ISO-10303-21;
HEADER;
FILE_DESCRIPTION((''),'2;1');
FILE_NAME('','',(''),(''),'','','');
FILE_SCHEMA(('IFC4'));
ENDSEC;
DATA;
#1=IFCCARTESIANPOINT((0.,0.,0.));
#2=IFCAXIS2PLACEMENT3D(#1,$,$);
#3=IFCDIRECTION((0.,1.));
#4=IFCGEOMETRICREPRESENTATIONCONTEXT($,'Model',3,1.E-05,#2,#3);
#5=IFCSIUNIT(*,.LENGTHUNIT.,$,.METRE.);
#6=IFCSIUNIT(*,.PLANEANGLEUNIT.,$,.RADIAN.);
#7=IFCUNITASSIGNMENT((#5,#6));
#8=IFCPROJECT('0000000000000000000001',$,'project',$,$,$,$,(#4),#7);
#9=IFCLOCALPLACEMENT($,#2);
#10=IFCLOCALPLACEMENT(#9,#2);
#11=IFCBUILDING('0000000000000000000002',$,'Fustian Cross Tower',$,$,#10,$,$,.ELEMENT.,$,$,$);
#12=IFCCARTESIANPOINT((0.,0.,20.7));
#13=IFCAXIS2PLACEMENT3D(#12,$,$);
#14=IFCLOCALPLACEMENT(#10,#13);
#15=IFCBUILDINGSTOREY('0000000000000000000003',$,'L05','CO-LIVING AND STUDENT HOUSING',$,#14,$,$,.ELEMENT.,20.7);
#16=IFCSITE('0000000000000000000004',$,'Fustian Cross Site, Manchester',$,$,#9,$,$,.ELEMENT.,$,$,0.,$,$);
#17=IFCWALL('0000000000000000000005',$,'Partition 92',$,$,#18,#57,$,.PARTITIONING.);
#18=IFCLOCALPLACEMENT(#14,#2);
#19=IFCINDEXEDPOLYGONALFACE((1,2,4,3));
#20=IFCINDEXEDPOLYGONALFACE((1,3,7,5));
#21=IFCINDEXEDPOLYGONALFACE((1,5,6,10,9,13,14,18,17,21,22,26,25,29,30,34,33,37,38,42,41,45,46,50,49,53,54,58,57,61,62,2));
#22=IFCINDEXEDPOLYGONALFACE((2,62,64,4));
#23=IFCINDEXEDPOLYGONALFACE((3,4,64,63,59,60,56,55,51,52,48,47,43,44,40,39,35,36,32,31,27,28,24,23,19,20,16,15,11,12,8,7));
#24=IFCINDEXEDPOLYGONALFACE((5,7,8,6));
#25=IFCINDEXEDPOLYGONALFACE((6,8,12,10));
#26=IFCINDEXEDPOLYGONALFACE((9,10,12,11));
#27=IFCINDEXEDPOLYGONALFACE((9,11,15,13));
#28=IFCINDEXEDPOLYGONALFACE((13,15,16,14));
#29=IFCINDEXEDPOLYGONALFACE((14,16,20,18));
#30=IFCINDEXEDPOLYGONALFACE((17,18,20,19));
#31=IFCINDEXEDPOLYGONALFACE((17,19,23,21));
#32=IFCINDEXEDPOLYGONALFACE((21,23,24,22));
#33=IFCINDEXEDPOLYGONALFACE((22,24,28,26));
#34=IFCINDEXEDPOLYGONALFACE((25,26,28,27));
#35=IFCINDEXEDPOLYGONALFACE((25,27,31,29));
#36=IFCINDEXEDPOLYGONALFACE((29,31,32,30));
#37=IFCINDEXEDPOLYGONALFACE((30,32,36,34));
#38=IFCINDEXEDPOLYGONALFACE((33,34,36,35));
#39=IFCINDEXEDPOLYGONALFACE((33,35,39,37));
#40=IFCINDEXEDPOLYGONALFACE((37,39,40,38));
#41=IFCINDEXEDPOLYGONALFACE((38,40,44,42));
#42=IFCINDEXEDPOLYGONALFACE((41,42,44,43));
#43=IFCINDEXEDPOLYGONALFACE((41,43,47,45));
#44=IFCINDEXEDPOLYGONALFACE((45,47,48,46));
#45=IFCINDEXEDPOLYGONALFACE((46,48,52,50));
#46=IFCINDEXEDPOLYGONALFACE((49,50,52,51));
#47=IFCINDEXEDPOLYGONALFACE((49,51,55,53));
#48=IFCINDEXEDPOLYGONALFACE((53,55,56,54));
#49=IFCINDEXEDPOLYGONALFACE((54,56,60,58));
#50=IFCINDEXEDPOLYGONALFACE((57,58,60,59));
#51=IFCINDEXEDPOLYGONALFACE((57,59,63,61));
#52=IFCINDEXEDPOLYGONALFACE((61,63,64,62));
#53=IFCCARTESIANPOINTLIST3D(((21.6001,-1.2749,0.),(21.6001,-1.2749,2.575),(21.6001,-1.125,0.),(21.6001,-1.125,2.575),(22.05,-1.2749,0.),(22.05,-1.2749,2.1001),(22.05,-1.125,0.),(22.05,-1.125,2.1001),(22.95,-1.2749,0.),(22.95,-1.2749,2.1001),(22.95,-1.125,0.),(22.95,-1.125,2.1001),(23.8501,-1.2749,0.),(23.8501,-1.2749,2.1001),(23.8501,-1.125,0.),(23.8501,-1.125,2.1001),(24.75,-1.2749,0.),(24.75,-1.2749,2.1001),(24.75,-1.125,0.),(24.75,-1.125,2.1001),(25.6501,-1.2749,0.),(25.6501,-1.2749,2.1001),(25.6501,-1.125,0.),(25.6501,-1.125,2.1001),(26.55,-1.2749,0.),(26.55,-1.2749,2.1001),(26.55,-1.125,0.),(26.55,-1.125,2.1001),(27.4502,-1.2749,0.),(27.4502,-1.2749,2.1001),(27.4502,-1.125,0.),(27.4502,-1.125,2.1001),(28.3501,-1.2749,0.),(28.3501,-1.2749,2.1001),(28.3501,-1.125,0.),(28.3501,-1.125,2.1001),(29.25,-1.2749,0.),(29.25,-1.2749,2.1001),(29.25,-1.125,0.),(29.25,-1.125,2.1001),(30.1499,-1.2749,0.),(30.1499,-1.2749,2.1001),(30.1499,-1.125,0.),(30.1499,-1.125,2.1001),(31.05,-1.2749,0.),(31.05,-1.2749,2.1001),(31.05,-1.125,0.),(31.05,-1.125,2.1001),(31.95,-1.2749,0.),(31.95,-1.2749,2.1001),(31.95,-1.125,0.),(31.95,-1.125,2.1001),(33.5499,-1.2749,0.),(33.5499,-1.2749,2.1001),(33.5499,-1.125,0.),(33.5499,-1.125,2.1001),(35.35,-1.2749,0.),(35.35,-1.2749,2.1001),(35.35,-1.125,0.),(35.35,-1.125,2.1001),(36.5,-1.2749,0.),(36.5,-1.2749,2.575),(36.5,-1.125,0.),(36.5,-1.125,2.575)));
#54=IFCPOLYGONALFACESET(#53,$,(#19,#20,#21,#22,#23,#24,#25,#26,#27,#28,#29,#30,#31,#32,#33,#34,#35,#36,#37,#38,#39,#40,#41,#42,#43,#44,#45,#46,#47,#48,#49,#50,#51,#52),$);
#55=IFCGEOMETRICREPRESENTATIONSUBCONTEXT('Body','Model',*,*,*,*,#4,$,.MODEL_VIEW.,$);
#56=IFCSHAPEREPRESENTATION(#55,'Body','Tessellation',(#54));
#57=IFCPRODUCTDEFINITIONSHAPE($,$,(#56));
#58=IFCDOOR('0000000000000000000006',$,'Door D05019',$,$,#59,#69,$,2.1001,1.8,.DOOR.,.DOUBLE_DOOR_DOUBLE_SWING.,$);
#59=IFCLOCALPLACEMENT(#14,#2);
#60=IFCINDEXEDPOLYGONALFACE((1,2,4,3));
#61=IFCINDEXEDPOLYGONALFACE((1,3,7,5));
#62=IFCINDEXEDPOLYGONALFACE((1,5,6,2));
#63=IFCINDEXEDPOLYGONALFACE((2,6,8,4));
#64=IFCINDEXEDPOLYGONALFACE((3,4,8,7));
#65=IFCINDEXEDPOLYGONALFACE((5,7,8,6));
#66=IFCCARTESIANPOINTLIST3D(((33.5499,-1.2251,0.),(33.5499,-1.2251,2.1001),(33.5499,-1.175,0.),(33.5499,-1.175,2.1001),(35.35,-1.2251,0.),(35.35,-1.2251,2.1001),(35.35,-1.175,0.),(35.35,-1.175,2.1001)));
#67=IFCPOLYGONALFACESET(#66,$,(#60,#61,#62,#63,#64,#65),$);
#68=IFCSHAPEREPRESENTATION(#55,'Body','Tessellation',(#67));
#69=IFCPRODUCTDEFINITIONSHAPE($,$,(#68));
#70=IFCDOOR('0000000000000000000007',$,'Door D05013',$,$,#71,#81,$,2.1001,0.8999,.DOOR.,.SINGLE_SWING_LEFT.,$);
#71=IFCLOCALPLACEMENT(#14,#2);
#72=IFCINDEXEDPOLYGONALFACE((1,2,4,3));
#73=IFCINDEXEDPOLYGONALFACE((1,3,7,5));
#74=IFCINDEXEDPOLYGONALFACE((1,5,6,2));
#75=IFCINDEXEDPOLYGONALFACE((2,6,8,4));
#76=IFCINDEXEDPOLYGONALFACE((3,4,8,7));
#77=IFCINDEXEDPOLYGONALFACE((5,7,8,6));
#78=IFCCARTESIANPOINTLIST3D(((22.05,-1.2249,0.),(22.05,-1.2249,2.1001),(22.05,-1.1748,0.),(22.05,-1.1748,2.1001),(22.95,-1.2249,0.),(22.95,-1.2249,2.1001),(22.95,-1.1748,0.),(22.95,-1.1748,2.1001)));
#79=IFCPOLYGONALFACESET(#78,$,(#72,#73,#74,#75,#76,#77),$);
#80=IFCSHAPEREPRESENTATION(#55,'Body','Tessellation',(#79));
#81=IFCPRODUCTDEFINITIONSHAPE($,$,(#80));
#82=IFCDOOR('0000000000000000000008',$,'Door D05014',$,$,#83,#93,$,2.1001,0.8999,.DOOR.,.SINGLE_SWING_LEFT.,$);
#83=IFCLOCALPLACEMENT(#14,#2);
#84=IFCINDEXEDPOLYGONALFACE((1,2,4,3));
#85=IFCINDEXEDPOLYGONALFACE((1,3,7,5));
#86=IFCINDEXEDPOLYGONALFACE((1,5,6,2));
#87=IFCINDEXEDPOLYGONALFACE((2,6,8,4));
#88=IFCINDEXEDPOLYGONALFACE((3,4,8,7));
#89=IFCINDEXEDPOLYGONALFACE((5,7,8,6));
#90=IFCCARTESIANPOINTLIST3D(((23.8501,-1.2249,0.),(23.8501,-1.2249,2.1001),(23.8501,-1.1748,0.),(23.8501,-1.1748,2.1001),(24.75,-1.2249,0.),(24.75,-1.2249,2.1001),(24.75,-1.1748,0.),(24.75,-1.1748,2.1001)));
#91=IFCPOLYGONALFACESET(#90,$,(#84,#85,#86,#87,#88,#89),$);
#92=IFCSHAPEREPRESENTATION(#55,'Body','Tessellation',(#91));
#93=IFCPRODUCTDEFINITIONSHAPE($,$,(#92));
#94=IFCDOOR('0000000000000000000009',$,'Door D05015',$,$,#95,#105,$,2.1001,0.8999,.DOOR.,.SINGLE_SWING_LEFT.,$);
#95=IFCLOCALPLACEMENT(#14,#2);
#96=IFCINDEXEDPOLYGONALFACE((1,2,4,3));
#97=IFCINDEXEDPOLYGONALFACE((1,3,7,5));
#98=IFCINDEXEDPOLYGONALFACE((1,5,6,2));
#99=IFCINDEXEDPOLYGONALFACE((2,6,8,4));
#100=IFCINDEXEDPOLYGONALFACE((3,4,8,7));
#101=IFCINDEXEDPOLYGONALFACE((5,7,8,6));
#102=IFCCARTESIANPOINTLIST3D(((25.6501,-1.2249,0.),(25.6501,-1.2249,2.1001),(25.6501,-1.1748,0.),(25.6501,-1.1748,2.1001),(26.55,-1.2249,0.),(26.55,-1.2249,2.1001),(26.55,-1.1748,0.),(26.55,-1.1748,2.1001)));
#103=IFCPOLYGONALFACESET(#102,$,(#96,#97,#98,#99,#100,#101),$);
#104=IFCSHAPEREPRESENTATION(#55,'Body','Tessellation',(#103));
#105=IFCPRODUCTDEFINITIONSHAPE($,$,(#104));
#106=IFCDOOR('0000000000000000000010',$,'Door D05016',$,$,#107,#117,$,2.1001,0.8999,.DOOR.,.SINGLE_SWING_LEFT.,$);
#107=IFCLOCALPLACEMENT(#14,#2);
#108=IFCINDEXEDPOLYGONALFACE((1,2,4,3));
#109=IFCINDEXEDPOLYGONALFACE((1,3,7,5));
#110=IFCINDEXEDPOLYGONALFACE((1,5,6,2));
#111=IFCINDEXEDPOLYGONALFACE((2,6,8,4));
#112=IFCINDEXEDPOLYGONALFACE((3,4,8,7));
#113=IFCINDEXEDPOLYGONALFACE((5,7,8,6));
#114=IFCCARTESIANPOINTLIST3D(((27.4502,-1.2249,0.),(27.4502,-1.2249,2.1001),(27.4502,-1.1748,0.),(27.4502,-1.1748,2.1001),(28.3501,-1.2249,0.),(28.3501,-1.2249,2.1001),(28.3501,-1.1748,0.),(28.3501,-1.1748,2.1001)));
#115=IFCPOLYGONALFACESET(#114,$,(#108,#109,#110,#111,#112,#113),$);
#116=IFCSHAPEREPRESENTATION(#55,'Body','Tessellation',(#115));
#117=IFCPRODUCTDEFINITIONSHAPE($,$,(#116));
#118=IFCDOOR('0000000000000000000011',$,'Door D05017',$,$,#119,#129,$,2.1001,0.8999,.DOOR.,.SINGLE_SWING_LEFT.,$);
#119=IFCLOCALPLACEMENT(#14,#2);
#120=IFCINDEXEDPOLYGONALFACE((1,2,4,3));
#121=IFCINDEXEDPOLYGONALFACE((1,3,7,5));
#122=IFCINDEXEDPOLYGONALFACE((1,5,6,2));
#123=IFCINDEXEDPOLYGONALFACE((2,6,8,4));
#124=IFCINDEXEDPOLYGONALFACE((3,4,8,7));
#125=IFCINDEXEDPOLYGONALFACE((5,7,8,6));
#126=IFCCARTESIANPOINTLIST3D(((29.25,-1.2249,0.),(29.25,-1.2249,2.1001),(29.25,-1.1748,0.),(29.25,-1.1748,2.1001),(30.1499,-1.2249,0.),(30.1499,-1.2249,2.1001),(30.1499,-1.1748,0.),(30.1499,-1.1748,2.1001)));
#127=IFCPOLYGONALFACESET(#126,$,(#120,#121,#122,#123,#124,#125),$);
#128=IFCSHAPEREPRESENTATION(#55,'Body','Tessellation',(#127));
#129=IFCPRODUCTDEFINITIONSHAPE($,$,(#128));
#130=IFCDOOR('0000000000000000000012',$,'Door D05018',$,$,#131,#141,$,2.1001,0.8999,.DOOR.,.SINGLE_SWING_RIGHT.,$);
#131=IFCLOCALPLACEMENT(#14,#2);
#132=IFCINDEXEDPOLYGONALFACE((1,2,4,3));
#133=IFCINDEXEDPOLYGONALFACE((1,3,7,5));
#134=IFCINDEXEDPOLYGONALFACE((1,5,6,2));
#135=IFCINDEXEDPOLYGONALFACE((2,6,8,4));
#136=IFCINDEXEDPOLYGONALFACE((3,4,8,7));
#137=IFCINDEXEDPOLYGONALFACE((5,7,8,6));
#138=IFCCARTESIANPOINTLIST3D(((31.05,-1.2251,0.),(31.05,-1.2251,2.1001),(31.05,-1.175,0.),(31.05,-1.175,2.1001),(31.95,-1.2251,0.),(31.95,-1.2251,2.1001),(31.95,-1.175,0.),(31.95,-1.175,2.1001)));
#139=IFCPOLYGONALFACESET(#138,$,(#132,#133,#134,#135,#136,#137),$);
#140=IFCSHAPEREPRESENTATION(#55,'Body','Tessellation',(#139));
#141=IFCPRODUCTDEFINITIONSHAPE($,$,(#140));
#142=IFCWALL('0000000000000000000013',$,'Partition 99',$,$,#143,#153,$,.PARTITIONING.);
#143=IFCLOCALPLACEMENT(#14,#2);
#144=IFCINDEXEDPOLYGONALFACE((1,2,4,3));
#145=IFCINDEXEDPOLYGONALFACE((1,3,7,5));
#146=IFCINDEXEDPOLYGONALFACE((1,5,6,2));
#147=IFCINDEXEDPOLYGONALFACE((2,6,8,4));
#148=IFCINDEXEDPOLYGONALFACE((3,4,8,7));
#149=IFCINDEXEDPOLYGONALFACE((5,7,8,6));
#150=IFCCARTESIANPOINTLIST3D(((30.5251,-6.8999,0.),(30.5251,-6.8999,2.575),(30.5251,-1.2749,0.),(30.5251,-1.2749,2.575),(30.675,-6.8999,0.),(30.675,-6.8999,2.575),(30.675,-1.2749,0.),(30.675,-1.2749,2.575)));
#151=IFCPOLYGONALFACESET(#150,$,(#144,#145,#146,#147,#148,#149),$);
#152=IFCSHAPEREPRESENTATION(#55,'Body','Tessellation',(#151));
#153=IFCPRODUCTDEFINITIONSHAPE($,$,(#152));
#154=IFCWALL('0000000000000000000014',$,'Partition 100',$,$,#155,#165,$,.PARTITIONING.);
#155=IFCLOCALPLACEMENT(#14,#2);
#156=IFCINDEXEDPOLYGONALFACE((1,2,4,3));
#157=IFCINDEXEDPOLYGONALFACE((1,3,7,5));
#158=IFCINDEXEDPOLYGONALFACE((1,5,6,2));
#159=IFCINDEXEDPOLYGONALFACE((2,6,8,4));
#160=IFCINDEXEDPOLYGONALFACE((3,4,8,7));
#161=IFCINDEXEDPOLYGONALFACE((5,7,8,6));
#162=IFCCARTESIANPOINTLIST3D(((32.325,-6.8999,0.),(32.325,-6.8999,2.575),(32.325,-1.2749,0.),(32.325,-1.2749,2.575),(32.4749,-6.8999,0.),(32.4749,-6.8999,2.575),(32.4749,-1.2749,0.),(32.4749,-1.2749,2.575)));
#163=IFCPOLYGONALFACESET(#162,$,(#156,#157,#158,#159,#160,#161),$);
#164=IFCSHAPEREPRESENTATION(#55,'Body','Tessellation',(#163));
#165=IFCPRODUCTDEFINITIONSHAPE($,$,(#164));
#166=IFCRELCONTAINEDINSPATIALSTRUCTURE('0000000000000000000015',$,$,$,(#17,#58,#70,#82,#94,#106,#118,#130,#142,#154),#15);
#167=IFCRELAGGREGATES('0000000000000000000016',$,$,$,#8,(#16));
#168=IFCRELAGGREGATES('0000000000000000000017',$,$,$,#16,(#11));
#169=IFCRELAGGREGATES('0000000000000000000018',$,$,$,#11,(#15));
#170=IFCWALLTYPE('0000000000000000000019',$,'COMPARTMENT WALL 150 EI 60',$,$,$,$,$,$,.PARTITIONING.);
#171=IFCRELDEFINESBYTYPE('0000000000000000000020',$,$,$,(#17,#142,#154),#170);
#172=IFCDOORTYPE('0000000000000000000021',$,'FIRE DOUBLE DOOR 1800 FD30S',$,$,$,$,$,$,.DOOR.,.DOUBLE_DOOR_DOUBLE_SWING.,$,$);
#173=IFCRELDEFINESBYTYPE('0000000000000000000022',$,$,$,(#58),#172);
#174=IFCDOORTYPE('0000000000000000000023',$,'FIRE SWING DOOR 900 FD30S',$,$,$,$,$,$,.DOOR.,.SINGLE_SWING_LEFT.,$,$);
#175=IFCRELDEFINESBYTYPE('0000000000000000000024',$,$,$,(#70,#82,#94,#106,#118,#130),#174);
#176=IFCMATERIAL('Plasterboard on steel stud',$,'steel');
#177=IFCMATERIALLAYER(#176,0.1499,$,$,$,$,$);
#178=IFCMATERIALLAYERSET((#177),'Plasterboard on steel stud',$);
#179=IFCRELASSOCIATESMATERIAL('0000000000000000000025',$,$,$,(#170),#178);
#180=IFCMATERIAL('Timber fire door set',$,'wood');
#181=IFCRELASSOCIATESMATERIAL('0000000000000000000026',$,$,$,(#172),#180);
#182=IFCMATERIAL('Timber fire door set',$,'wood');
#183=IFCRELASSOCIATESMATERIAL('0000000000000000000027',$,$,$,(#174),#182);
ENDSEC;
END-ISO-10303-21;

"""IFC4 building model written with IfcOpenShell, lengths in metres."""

from ifc_helpers import new_model, si_unit, direction, frame, frame_2d, origin, place, context, subcontext, project, spatial, rectangle, extrude, material, layer, layer_set, type_object, element, fill, save


model = new_model("IFC4")

# Units and contexts
model_context = context("Model", 3, precision=1e-05, world=origin(), true_north=direction((0.0, 1.0)))
body_context = subcontext(model_context, "Body", "Model", "MODEL_VIEW")
ifc_project = project(units=[si_unit("LENGTHUNIT", "METRE"), si_unit("PLANEANGLEUNIT", "RADIAN")], contexts=[model_context])

# Site, building, storey
site_placement = place(None, origin())
site = spatial("IfcSite", under=ifc_project, at=site_placement, Name="Fustian Cross Site, Manchester", CompositionType="ELEMENT", RefElevation=0.0)
building_placement = place(site_placement, origin())
building = spatial("IfcBuilding", under=site, at=building_placement, Name="Fustian Cross Tower", CompositionType="ELEMENT")
storey_placement = place(building_placement, frame((0.0, 0.0, 20.7)))
storey = spatial("IfcBuildingStorey", under=building, at=storey_placement, Name="L05", Description="CO-LIVING AND STUDENT HOUSING", CompositionType="ELEMENT", Elevation=20.7)

# Wall, openings, doors
ifc_material_1 = material(Name="Plasterboard on steel stud", Category="steel")
ifc_layer_1 = layer(ifc_material_1, 0.1499)
ifc_layer_set_1 = layer_set([ifc_layer_1], Name="Plasterboard on steel stud")
wall_type_1 = type_object("IfcWallType", Name="COMPARTMENT WALL 150 EI 60", PredefinedType="PARTITIONING", material=ifc_layer_set_1)
wall_1_placement = place(storey_placement, frame((21.6001, -1.2, 0.0), z_axis=(0.0, 0.0, 1.0), x_axis=(1.0, 0.0, 0.0)))
wall_1 = element("IfcWall", 1, at=wall_1_placement, inside=storey, type_object=wall_type_1, Name="Partition 92", PredefinedType="PARTITIONING", context=body_context, shape_type="SweptSolid", body=[
    extrude(rectangle(XDim=14.8999, YDim=0.1499, at=frame_2d((7.45, 0.0))), origin(), (0.0, 0.0, 1.0), 2.575),
])
opening_1_placement = place(wall_1_placement, frame((0.45, 0.0, 0.0)))
opening_1 = element("IfcOpeningElement", 2, at=opening_1_placement, cuts=wall_1, PredefinedType="OPENING", context=body_context, shape_type="SweptSolid", body=[
    extrude(rectangle(XDim=0.8999, YDim=2.1001, at=frame_2d((0.45, 1.05))), frame((0.0, 0.085, 0.0), z_axis=(0.0, -1.0, 0.0), x_axis=(1.0, 0.0, 0.0)), (0.0, 0.0, 1.0), 0.1699),
])
opening_2_placement = place(wall_1_placement, frame((2.25, 0.0, 0.0)))
opening_2 = element("IfcOpeningElement", 3, at=opening_2_placement, cuts=wall_1, PredefinedType="OPENING", context=body_context, shape_type="SweptSolid", body=[
    extrude(rectangle(XDim=0.8999, YDim=2.1001, at=frame_2d((0.45, 1.05))), frame((0.0, 0.085, 0.0), z_axis=(0.0, -1.0, 0.0), x_axis=(1.0, 0.0, 0.0)), (0.0, 0.0, 1.0), 0.1699),
])
opening_3_placement = place(wall_1_placement, frame((4.05, 0.0, 0.0)))
opening_3 = element("IfcOpeningElement", 4, at=opening_3_placement, cuts=wall_1, PredefinedType="OPENING", context=body_context, shape_type="SweptSolid", body=[
    extrude(rectangle(XDim=0.8999, YDim=2.1001, at=frame_2d((0.45, 1.05))), frame((0.0, 0.085, 0.0), z_axis=(0.0, -1.0, 0.0), x_axis=(1.0, 0.0, 0.0)), (0.0, 0.0, 1.0), 0.1699),
])
opening_4_placement = place(wall_1_placement, frame((5.8501, 0.0, 0.0)))
opening_4 = element("IfcOpeningElement", 5, at=opening_4_placement, cuts=wall_1, PredefinedType="OPENING", context=body_context, shape_type="SweptSolid", body=[
    extrude(rectangle(XDim=0.8999, YDim=2.1001, at=frame_2d((0.45, 1.05))), frame((0.0, 0.085, 0.0), z_axis=(0.0, -1.0, 0.0), x_axis=(1.0, 0.0, 0.0)), (0.0, 0.0, 1.0), 0.1699),
])
opening_5_placement = place(wall_1_placement, frame((7.6499, 0.0, 0.0)))
opening_5 = element("IfcOpeningElement", 6, at=opening_5_placement, cuts=wall_1, PredefinedType="OPENING", context=body_context, shape_type="SweptSolid", body=[
    extrude(rectangle(XDim=0.8999, YDim=2.1001, at=frame_2d((0.45, 1.05))), frame((0.0, 0.085, 0.0), z_axis=(0.0, -1.0, 0.0), x_axis=(1.0, 0.0, 0.0)), (0.0, 0.0, 1.0), 0.1699),
])
opening_6_placement = place(wall_1_placement, frame((9.45, 0.0, 0.0)))
opening_6 = element("IfcOpeningElement", 7, at=opening_6_placement, cuts=wall_1, PredefinedType="OPENING", context=body_context, shape_type="SweptSolid", body=[
    extrude(rectangle(XDim=0.8999, YDim=2.1001, at=frame_2d((0.45, 1.05))), frame((0.0, 0.085, 0.0), z_axis=(0.0, -1.0, 0.0), x_axis=(1.0, 0.0, 0.0)), (0.0, 0.0, 1.0), 0.1699),
])
opening_7_placement = place(wall_1_placement, frame((11.95, 0.0, 0.0)))
opening_7 = element("IfcOpeningElement", 8, at=opening_7_placement, cuts=wall_1, PredefinedType="OPENING", context=body_context, shape_type="SweptSolid", body=[
    extrude(rectangle(XDim=1.8, YDim=2.1001, at=frame_2d((0.8999, 1.05))), frame((0.0, 0.085, 0.0), z_axis=(0.0, -1.0, 0.0), x_axis=(1.0, 0.0, 0.0)), (0.0, 0.0, 1.0), 0.1699),
])
ifc_material_2 = material(Name="Timber fire door set", Category="wood")
door_type_1 = type_object("IfcDoorType", Name="FIRE DOUBLE DOOR 1800 FD30S", OperationType="DOUBLE_DOOR_DOUBLE_SWING", PredefinedType="DOOR", material=ifc_material_2)
door_1_placement = place(opening_7_placement, origin())
door_1 = element("IfcDoor", 9, at=door_1_placement, inside=storey, type_object=door_type_1, Name="Door D05019", OperationType="DOUBLE_DOOR_DOUBLE_SWING", OverallHeight=2.1001, OverallWidth=1.8, PredefinedType="DOOR", context=body_context, shape_type="SweptSolid", body=[
    extrude(rectangle(XDim=1.8, YDim=2.1001, at=frame_2d((0.8999, 1.05))), frame((0.0, 0.0249, 0.0), z_axis=(0.0, -1.0, 0.0), x_axis=(1.0, 0.0, 0.0)), (0.0, 0.0, 1.0), 0.05),
])
fill(opening_7, door_1)
ifc_material_3 = material(Name="Timber fire door set", Category="wood")
door_type_2 = type_object("IfcDoorType", Name="FIRE SWING DOOR 900 FD30S", OperationType="SINGLE_SWING_LEFT", PredefinedType="DOOR", material=ifc_material_3)
door_2_placement = place(opening_1_placement, frame((0.8999, 0.0, 0.0), z_axis=(0.0, 0.0, 1.0), x_axis=(-1.0, 0.0, 0.0)))
door_2 = element("IfcDoor", 10, at=door_2_placement, inside=storey, type_object=door_type_2, Name="Door D05013", OperationType="SINGLE_SWING_LEFT", OverallHeight=2.1001, OverallWidth=0.8999, PredefinedType="DOOR", context=body_context, shape_type="SweptSolid", body=[
    extrude(rectangle(XDim=0.8999, YDim=2.1001, at=frame_2d((0.45, 1.05))), frame((0.0, 0.0249, 0.0), z_axis=(0.0, -1.0, 0.0), x_axis=(1.0, 0.0, 0.0)), (0.0, 0.0, 1.0), 0.05),
])
fill(opening_1, door_2)
door_3_placement = place(opening_2_placement, frame((0.8999, 0.0, 0.0), z_axis=(0.0, 0.0, 1.0), x_axis=(-1.0, 0.0, 0.0)))
door_3 = element("IfcDoor", 11, at=door_3_placement, inside=storey, type_object=door_type_2, Name="Door D05014", OperationType="SINGLE_SWING_LEFT", OverallHeight=2.1001, OverallWidth=0.8999, PredefinedType="DOOR", context=body_context, shape_type="SweptSolid", body=[
    extrude(rectangle(XDim=0.8999, YDim=2.1001, at=frame_2d((0.45, 1.05))), frame((0.0, 0.0249, 0.0), z_axis=(0.0, -1.0, 0.0), x_axis=(1.0, 0.0, 0.0)), (0.0, 0.0, 1.0), 0.05),
])
fill(opening_2, door_3)
door_4_placement = place(opening_3_placement, frame((0.8999, 0.0, 0.0), z_axis=(0.0, 0.0, 1.0), x_axis=(-1.0, 0.0, 0.0)))
door_4 = element("IfcDoor", 12, at=door_4_placement, inside=storey, type_object=door_type_2, Name="Door D05015", OperationType="SINGLE_SWING_LEFT", OverallHeight=2.1001, OverallWidth=0.8999, PredefinedType="DOOR", context=body_context, shape_type="SweptSolid", body=[
    extrude(rectangle(XDim=0.8999, YDim=2.1001, at=frame_2d((0.45, 1.05))), frame((0.0, 0.0249, 0.0), z_axis=(0.0, -1.0, 0.0), x_axis=(1.0, 0.0, 0.0)), (0.0, 0.0, 1.0), 0.05),
])
fill(opening_3, door_4)
door_5_placement = place(opening_4_placement, frame((0.8999, 0.0, 0.0), z_axis=(0.0, 0.0, 1.0), x_axis=(-1.0, 0.0, 0.0)))
door_5 = element("IfcDoor", 13, at=door_5_placement, inside=storey, type_object=door_type_2, Name="Door D05016", OperationType="SINGLE_SWING_LEFT", OverallHeight=2.1001, OverallWidth=0.8999, PredefinedType="DOOR", context=body_context, shape_type="SweptSolid", body=[
    extrude(rectangle(XDim=0.8999, YDim=2.1001, at=frame_2d((0.45, 1.05))), frame((0.0, 0.0249, 0.0), z_axis=(0.0, -1.0, 0.0), x_axis=(1.0, 0.0, 0.0)), (0.0, 0.0, 1.0), 0.05),
])
fill(opening_4, door_5)
door_6_placement = place(opening_5_placement, frame((0.8999, 0.0, 0.0), z_axis=(0.0, 0.0, 1.0), x_axis=(-1.0, 0.0, 0.0)))
door_6 = element("IfcDoor", 14, at=door_6_placement, inside=storey, type_object=door_type_2, Name="Door D05017", OperationType="SINGLE_SWING_LEFT", OverallHeight=2.1001, OverallWidth=0.8999, PredefinedType="DOOR", context=body_context, shape_type="SweptSolid", body=[
    extrude(rectangle(XDim=0.8999, YDim=2.1001, at=frame_2d((0.45, 1.05))), frame((0.0, 0.0249, 0.0), z_axis=(0.0, -1.0, 0.0), x_axis=(1.0, 0.0, 0.0)), (0.0, 0.0, 1.0), 0.05),
])
fill(opening_5, door_6)
door_7_placement = place(opening_6_placement, origin())
door_7 = element("IfcDoor", 15, at=door_7_placement, inside=storey, type_object=door_type_2, Name="Door D05018", OperationType="SINGLE_SWING_RIGHT", OverallHeight=2.1001, OverallWidth=0.8999, PredefinedType="DOOR", context=body_context, shape_type="SweptSolid", body=[
    extrude(rectangle(XDim=0.8999, YDim=2.1001, at=frame_2d((0.45, 1.05))), frame((0.0, 0.0249, 0.0), z_axis=(0.0, -1.0, 0.0), x_axis=(1.0, 0.0, 0.0)), (0.0, 0.0, 1.0), 0.05),
])
fill(opening_6, door_7)

# Walls
for number, where, z_axis, x_axis, name in (
    (16, (30.6001, -6.8999, 0.0), (0.0, 0.0, 1.0), (0.0, 1.0, 0.0), "Partition 99"),
    (17, (32.3999, -6.8999, 0.0), (0.0, 0.0, 1.0), (0.0, 1.0, 0.0), "Partition 100"),
):
    element("IfcWall", number, at=place(storey_placement, frame(where, z_axis=z_axis, x_axis=x_axis)), inside=storey, type_object=wall_type_1, Name=name, PredefinedType="PARTITIONING", context=body_context, shape_type="SweptSolid", body=[
        extrude(rectangle(XDim=5.625, YDim=0.1499, at=frame_2d((2.8125, 0.0))), origin(), (0.0, 0.0, 1.0), 2.575),
    ])

save(model, "model.ifc")
